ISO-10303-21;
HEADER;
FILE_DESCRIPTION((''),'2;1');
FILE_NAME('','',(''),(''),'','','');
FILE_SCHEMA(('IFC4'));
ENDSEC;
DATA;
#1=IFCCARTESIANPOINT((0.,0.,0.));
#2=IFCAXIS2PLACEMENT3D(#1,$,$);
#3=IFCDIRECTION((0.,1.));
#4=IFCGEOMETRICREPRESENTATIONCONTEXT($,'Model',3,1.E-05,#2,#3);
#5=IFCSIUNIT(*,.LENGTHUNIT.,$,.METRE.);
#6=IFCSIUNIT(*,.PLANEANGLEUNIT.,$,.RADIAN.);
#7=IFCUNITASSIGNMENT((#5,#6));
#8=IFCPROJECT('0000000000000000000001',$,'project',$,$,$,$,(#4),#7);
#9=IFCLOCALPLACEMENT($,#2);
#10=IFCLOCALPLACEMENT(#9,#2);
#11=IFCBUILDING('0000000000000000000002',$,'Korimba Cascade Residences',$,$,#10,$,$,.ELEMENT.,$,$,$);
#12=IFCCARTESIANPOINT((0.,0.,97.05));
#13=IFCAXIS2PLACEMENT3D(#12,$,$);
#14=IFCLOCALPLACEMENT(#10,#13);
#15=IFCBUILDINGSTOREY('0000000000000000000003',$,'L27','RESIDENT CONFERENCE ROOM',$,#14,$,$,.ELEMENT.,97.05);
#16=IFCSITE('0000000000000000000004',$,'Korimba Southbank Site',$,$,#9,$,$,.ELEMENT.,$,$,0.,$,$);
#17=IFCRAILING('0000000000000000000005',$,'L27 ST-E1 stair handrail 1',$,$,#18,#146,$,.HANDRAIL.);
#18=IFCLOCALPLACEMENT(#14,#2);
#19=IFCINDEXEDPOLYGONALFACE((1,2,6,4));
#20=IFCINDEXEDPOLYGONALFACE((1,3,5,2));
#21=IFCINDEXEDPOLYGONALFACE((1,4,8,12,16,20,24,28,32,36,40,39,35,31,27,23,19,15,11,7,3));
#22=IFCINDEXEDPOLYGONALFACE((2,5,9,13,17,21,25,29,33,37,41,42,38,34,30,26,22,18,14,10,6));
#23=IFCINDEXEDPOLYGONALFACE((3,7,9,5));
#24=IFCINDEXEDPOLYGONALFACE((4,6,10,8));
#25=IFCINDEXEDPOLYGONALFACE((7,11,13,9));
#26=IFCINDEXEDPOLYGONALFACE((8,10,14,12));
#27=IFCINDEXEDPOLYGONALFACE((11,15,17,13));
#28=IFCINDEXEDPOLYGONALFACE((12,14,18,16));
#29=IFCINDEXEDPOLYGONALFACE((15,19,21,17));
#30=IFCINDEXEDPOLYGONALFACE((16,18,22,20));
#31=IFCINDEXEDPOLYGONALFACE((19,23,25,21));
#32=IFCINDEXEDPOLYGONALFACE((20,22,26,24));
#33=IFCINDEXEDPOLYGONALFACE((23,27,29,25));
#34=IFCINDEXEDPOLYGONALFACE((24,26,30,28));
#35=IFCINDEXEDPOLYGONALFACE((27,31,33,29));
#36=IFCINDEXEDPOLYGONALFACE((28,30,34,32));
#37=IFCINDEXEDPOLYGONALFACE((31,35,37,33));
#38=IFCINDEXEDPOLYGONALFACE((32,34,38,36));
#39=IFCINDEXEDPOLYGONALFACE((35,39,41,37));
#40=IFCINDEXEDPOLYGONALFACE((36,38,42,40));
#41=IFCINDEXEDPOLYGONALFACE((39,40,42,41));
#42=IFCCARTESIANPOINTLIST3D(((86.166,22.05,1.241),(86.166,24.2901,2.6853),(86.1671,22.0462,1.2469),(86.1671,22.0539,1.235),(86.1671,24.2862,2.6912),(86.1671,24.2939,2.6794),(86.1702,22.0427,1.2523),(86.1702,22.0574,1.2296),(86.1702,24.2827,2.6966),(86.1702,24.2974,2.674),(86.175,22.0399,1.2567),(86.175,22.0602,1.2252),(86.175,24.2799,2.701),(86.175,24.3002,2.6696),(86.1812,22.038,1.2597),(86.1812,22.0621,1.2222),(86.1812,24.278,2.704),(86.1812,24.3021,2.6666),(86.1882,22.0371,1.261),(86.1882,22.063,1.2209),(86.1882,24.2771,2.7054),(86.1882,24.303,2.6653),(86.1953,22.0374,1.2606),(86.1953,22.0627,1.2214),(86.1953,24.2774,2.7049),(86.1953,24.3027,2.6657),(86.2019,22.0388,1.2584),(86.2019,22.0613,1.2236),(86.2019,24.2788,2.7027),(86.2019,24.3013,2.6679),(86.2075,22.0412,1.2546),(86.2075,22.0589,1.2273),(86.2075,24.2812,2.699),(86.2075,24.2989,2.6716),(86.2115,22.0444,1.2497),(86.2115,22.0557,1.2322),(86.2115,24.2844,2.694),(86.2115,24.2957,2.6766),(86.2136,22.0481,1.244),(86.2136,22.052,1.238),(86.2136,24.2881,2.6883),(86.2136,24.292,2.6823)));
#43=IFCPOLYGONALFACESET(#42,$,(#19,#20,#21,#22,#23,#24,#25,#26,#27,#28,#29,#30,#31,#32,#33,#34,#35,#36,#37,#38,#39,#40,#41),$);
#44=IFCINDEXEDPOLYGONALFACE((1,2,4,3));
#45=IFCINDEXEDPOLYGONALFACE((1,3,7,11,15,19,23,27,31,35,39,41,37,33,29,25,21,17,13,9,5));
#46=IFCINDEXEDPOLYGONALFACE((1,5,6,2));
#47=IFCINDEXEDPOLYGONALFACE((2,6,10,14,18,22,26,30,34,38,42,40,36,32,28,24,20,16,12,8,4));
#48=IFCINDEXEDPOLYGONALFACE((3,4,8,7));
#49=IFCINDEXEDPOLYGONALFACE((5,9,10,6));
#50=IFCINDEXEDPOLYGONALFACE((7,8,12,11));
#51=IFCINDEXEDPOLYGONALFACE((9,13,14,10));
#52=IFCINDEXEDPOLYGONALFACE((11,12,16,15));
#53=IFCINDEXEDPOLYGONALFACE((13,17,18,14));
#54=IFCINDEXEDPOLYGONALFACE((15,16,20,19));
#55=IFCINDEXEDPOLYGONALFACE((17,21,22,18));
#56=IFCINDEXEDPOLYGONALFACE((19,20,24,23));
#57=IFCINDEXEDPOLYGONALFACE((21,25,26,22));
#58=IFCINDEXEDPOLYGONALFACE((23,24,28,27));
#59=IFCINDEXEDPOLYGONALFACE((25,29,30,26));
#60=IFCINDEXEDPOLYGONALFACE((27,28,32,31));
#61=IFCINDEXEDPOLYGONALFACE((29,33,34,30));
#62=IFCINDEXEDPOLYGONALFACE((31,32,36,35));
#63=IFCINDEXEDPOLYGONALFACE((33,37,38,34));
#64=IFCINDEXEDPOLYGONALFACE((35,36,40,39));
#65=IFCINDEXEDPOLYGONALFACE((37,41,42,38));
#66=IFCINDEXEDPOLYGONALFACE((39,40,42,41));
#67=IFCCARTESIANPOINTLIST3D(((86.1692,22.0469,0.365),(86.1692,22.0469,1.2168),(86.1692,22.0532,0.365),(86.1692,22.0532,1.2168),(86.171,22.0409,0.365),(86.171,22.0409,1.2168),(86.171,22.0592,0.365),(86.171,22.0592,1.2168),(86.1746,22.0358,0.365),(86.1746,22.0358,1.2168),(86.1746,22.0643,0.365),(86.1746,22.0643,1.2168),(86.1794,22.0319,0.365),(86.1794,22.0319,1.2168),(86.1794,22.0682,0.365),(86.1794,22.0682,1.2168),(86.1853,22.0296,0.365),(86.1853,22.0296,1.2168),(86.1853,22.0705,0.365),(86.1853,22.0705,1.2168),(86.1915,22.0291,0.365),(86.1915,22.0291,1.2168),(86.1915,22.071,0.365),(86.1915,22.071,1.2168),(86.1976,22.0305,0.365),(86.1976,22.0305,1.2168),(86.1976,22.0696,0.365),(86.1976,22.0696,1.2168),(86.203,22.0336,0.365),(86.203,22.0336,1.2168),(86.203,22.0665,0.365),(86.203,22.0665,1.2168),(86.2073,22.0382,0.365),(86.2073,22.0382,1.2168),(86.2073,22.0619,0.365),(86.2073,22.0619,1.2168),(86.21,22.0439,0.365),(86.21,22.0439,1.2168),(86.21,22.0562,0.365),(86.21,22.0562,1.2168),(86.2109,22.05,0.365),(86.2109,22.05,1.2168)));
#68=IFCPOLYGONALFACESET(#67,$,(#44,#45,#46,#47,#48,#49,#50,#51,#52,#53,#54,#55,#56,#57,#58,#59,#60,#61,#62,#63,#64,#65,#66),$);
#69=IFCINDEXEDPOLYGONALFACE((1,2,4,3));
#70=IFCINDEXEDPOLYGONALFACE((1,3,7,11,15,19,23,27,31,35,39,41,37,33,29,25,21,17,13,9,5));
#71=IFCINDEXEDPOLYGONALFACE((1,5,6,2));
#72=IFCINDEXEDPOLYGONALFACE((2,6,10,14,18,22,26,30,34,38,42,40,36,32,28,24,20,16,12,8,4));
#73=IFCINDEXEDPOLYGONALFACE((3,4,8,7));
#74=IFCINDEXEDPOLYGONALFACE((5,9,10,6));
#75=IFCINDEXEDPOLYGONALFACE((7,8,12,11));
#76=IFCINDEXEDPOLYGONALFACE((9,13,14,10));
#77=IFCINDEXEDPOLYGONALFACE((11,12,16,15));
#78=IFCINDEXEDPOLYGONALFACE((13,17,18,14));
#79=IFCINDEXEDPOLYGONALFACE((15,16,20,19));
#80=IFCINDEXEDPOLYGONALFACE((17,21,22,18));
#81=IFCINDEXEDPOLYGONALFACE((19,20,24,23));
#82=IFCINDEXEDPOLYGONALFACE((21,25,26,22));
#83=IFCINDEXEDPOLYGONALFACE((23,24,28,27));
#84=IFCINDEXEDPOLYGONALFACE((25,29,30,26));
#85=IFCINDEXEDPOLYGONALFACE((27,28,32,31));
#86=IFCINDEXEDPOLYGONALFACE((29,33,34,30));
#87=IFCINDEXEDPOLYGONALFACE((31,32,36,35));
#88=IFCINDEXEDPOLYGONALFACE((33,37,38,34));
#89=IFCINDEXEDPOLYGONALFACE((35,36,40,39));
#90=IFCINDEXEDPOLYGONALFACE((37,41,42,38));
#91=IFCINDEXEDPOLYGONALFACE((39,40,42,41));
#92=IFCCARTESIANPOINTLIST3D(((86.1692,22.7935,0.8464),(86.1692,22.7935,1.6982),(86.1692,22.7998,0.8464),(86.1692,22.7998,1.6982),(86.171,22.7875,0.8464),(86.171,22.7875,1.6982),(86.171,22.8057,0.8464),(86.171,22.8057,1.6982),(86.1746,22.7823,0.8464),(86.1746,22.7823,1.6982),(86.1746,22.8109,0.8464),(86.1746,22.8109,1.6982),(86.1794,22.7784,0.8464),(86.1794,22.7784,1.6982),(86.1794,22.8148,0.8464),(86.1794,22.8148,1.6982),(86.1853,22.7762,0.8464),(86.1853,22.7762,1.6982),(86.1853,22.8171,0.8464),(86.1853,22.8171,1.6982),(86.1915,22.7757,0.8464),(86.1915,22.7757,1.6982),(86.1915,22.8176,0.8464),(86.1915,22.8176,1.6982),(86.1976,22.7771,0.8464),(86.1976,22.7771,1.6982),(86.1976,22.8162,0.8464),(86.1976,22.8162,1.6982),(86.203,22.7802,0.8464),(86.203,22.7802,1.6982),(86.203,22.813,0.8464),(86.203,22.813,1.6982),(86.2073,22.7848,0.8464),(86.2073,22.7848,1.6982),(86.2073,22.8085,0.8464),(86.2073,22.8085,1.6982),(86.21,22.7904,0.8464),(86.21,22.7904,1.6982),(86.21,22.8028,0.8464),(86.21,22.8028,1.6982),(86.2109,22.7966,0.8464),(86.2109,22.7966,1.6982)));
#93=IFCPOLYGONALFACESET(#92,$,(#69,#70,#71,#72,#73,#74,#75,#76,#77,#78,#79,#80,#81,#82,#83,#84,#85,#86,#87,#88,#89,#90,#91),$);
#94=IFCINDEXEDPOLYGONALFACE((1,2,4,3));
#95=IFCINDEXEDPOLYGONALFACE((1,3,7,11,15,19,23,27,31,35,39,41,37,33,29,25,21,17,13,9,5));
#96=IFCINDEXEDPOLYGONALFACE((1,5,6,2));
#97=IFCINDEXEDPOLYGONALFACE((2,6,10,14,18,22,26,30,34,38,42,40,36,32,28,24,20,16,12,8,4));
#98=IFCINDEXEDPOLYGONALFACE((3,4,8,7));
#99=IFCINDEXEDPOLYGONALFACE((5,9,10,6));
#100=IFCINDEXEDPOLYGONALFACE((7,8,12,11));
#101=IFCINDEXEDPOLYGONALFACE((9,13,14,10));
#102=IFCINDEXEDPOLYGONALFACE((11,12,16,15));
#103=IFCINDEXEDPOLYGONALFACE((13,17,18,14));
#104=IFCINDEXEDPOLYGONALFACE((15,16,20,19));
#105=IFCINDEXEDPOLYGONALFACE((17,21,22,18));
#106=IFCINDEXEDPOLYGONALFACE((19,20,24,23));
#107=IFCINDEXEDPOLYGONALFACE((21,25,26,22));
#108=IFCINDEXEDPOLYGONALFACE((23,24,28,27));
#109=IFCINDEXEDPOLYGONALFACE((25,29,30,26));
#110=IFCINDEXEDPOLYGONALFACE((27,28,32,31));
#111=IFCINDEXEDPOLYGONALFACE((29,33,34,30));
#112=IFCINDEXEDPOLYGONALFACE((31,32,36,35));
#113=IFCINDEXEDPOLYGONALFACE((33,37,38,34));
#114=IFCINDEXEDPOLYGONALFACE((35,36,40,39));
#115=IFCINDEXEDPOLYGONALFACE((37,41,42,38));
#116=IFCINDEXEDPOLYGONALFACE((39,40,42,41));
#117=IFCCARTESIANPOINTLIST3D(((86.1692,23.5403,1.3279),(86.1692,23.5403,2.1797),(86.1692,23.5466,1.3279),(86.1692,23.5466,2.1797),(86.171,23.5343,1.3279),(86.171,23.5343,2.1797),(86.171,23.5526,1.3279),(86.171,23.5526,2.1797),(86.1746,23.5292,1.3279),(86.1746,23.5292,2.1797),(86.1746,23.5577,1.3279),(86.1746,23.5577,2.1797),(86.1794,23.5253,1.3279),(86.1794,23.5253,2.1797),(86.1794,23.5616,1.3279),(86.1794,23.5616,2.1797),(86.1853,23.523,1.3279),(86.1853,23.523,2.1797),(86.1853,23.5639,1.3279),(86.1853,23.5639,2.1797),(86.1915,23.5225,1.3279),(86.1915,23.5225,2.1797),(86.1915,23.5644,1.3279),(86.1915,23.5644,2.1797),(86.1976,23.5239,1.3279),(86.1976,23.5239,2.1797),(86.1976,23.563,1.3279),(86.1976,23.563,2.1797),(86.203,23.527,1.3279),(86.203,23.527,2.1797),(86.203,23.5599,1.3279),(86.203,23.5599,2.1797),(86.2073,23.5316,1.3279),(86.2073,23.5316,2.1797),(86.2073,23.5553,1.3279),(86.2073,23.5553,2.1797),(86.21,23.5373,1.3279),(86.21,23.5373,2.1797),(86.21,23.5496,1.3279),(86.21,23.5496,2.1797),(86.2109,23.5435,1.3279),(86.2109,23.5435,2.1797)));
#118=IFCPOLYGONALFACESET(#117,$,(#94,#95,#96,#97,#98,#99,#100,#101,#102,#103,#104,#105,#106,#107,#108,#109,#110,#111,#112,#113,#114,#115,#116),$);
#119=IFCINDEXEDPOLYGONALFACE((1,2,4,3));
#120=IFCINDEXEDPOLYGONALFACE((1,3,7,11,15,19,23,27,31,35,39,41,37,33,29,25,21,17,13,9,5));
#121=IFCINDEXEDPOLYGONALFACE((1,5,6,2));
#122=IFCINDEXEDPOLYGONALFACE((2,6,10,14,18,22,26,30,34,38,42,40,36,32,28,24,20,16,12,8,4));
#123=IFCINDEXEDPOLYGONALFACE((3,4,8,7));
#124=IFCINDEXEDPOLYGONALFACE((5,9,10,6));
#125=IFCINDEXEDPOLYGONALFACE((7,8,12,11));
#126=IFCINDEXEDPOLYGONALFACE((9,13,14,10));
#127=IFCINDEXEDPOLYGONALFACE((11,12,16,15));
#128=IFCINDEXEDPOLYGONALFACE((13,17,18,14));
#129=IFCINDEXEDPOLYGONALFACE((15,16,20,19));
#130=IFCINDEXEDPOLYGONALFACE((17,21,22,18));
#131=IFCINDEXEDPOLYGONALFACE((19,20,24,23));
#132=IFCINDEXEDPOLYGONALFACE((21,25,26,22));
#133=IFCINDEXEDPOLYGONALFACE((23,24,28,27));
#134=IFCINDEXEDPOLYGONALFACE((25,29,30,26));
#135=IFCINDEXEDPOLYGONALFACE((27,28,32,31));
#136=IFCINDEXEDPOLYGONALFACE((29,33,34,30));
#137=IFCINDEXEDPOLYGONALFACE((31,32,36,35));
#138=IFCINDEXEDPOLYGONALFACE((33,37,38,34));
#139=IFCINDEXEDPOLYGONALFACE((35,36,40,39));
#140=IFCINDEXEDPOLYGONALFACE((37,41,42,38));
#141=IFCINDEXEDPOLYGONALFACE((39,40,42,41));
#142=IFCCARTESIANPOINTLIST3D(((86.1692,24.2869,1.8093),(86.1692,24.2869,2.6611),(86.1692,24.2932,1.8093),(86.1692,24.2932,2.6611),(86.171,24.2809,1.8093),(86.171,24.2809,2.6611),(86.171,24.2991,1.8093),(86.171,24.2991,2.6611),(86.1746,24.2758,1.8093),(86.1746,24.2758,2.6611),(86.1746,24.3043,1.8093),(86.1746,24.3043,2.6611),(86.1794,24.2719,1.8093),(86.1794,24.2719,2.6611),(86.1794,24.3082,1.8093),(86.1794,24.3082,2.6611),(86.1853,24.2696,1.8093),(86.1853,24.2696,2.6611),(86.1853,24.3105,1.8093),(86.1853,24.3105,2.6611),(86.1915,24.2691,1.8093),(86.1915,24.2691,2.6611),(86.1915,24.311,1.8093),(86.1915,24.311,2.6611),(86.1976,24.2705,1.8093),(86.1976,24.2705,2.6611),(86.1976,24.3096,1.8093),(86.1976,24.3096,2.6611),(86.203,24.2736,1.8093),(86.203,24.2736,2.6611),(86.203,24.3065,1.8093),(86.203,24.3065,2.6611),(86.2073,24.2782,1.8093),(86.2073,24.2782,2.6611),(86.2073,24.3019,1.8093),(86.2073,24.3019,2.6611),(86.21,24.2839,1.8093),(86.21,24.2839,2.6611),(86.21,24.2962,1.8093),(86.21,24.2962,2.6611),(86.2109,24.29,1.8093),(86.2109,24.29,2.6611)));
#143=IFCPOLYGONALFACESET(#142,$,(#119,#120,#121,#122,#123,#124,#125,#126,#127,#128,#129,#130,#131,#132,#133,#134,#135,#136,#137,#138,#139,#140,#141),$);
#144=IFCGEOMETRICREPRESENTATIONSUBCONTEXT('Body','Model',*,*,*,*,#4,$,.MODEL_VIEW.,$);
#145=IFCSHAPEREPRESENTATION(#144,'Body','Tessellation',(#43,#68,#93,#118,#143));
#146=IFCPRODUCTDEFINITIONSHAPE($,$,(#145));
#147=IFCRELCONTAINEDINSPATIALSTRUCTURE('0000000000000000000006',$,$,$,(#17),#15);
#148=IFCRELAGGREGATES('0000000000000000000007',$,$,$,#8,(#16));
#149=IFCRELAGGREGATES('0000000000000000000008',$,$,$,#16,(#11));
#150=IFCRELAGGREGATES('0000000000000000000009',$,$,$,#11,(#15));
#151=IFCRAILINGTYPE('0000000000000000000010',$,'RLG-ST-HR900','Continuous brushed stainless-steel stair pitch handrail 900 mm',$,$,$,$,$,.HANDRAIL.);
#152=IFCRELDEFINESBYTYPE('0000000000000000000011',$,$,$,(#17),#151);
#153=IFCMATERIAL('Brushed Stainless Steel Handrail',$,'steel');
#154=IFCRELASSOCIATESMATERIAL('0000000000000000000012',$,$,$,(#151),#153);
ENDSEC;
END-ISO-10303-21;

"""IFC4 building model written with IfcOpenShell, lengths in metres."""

from ifc_helpers import new_model, si_unit, direction, frame, origin, origin_2d, place, context, subcontext, project, spatial, circle, extrude, material, type_object, element, save


model = new_model("IFC4")

# Units and contexts
model_context = context("Model", 3, precision=1e-05, world=origin(), true_north=direction((0.0, 1.0)))
body_context = subcontext(model_context, "Body", "Model", "MODEL_VIEW")
ifc_project = project(units=[si_unit("LENGTHUNIT", "METRE"), si_unit("PLANEANGLEUNIT", "RADIAN")], contexts=[model_context])

# Site, building, storey
site_placement = place(None, origin())
site = spatial("IfcSite", under=ifc_project, at=site_placement, Name="Korimba Southbank Site", CompositionType="ELEMENT", RefElevation=0.0)
building_placement = place(site_placement, origin())
building = spatial("IfcBuilding", under=site, at=building_placement, Name="Korimba Cascade Residences", CompositionType="ELEMENT")
storey_placement = place(building_placement, frame((0.0, 0.0, 97.05)))
storey = spatial("IfcBuildingStorey", under=building, at=storey_placement, Name="L27", Description="RESIDENT CONFERENCE ROOM", CompositionType="ELEMENT", Elevation=97.05)

# Railing
ifc_material_1 = material(Name="Brushed Stainless Steel Handrail", Category="steel")
railing_type_1 = type_object("IfcRailingType", Name="RLG-ST-HR900", Description="Continuous brushed stainless-steel stair pitch handrail 900 mm", PredefinedType="HANDRAIL", material=ifc_material_1)
railing_1_placement = place(storey_placement, frame((86.1899, 22.05, 0.365)))
element("IfcRailing", 1, at=railing_1_placement, inside=storey, type_object=railing_type_1, Name="L27 ST-E1 stair handrail 1", PredefinedType="HANDRAIL", context=body_context, shape_type="SweptSolid", body=[
    extrude(circle(Radius=0.0239, at=origin_2d()), frame((0.0, 0.0, 0.876), z_axis=(0.0, 0.840437, 0.54191), x_axis=(-1.0, 0.0, 0.0)), (0.0, 0.0, 1.0), 2.6653),
    extrude(circle(Radius=0.021, at=origin_2d()), origin(), (0.0, 0.0, 1.0), 0.8518),
    extrude(circle(Radius=0.021, at=origin_2d()), frame((0.0, 0.7466, 0.4814)), (0.0, 0.0, 1.0), 0.8518),
    extrude(circle(Radius=0.021, at=origin_2d()), frame((0.0, 1.4934, 0.9629)), (0.0, 0.0, 1.0), 0.8518),
    extrude(circle(Radius=0.021, at=origin_2d()), frame((0.0, 2.24, 1.4443)), (0.0, 0.0, 1.0), 0.8518),
])

save(model, "model.ifc")
